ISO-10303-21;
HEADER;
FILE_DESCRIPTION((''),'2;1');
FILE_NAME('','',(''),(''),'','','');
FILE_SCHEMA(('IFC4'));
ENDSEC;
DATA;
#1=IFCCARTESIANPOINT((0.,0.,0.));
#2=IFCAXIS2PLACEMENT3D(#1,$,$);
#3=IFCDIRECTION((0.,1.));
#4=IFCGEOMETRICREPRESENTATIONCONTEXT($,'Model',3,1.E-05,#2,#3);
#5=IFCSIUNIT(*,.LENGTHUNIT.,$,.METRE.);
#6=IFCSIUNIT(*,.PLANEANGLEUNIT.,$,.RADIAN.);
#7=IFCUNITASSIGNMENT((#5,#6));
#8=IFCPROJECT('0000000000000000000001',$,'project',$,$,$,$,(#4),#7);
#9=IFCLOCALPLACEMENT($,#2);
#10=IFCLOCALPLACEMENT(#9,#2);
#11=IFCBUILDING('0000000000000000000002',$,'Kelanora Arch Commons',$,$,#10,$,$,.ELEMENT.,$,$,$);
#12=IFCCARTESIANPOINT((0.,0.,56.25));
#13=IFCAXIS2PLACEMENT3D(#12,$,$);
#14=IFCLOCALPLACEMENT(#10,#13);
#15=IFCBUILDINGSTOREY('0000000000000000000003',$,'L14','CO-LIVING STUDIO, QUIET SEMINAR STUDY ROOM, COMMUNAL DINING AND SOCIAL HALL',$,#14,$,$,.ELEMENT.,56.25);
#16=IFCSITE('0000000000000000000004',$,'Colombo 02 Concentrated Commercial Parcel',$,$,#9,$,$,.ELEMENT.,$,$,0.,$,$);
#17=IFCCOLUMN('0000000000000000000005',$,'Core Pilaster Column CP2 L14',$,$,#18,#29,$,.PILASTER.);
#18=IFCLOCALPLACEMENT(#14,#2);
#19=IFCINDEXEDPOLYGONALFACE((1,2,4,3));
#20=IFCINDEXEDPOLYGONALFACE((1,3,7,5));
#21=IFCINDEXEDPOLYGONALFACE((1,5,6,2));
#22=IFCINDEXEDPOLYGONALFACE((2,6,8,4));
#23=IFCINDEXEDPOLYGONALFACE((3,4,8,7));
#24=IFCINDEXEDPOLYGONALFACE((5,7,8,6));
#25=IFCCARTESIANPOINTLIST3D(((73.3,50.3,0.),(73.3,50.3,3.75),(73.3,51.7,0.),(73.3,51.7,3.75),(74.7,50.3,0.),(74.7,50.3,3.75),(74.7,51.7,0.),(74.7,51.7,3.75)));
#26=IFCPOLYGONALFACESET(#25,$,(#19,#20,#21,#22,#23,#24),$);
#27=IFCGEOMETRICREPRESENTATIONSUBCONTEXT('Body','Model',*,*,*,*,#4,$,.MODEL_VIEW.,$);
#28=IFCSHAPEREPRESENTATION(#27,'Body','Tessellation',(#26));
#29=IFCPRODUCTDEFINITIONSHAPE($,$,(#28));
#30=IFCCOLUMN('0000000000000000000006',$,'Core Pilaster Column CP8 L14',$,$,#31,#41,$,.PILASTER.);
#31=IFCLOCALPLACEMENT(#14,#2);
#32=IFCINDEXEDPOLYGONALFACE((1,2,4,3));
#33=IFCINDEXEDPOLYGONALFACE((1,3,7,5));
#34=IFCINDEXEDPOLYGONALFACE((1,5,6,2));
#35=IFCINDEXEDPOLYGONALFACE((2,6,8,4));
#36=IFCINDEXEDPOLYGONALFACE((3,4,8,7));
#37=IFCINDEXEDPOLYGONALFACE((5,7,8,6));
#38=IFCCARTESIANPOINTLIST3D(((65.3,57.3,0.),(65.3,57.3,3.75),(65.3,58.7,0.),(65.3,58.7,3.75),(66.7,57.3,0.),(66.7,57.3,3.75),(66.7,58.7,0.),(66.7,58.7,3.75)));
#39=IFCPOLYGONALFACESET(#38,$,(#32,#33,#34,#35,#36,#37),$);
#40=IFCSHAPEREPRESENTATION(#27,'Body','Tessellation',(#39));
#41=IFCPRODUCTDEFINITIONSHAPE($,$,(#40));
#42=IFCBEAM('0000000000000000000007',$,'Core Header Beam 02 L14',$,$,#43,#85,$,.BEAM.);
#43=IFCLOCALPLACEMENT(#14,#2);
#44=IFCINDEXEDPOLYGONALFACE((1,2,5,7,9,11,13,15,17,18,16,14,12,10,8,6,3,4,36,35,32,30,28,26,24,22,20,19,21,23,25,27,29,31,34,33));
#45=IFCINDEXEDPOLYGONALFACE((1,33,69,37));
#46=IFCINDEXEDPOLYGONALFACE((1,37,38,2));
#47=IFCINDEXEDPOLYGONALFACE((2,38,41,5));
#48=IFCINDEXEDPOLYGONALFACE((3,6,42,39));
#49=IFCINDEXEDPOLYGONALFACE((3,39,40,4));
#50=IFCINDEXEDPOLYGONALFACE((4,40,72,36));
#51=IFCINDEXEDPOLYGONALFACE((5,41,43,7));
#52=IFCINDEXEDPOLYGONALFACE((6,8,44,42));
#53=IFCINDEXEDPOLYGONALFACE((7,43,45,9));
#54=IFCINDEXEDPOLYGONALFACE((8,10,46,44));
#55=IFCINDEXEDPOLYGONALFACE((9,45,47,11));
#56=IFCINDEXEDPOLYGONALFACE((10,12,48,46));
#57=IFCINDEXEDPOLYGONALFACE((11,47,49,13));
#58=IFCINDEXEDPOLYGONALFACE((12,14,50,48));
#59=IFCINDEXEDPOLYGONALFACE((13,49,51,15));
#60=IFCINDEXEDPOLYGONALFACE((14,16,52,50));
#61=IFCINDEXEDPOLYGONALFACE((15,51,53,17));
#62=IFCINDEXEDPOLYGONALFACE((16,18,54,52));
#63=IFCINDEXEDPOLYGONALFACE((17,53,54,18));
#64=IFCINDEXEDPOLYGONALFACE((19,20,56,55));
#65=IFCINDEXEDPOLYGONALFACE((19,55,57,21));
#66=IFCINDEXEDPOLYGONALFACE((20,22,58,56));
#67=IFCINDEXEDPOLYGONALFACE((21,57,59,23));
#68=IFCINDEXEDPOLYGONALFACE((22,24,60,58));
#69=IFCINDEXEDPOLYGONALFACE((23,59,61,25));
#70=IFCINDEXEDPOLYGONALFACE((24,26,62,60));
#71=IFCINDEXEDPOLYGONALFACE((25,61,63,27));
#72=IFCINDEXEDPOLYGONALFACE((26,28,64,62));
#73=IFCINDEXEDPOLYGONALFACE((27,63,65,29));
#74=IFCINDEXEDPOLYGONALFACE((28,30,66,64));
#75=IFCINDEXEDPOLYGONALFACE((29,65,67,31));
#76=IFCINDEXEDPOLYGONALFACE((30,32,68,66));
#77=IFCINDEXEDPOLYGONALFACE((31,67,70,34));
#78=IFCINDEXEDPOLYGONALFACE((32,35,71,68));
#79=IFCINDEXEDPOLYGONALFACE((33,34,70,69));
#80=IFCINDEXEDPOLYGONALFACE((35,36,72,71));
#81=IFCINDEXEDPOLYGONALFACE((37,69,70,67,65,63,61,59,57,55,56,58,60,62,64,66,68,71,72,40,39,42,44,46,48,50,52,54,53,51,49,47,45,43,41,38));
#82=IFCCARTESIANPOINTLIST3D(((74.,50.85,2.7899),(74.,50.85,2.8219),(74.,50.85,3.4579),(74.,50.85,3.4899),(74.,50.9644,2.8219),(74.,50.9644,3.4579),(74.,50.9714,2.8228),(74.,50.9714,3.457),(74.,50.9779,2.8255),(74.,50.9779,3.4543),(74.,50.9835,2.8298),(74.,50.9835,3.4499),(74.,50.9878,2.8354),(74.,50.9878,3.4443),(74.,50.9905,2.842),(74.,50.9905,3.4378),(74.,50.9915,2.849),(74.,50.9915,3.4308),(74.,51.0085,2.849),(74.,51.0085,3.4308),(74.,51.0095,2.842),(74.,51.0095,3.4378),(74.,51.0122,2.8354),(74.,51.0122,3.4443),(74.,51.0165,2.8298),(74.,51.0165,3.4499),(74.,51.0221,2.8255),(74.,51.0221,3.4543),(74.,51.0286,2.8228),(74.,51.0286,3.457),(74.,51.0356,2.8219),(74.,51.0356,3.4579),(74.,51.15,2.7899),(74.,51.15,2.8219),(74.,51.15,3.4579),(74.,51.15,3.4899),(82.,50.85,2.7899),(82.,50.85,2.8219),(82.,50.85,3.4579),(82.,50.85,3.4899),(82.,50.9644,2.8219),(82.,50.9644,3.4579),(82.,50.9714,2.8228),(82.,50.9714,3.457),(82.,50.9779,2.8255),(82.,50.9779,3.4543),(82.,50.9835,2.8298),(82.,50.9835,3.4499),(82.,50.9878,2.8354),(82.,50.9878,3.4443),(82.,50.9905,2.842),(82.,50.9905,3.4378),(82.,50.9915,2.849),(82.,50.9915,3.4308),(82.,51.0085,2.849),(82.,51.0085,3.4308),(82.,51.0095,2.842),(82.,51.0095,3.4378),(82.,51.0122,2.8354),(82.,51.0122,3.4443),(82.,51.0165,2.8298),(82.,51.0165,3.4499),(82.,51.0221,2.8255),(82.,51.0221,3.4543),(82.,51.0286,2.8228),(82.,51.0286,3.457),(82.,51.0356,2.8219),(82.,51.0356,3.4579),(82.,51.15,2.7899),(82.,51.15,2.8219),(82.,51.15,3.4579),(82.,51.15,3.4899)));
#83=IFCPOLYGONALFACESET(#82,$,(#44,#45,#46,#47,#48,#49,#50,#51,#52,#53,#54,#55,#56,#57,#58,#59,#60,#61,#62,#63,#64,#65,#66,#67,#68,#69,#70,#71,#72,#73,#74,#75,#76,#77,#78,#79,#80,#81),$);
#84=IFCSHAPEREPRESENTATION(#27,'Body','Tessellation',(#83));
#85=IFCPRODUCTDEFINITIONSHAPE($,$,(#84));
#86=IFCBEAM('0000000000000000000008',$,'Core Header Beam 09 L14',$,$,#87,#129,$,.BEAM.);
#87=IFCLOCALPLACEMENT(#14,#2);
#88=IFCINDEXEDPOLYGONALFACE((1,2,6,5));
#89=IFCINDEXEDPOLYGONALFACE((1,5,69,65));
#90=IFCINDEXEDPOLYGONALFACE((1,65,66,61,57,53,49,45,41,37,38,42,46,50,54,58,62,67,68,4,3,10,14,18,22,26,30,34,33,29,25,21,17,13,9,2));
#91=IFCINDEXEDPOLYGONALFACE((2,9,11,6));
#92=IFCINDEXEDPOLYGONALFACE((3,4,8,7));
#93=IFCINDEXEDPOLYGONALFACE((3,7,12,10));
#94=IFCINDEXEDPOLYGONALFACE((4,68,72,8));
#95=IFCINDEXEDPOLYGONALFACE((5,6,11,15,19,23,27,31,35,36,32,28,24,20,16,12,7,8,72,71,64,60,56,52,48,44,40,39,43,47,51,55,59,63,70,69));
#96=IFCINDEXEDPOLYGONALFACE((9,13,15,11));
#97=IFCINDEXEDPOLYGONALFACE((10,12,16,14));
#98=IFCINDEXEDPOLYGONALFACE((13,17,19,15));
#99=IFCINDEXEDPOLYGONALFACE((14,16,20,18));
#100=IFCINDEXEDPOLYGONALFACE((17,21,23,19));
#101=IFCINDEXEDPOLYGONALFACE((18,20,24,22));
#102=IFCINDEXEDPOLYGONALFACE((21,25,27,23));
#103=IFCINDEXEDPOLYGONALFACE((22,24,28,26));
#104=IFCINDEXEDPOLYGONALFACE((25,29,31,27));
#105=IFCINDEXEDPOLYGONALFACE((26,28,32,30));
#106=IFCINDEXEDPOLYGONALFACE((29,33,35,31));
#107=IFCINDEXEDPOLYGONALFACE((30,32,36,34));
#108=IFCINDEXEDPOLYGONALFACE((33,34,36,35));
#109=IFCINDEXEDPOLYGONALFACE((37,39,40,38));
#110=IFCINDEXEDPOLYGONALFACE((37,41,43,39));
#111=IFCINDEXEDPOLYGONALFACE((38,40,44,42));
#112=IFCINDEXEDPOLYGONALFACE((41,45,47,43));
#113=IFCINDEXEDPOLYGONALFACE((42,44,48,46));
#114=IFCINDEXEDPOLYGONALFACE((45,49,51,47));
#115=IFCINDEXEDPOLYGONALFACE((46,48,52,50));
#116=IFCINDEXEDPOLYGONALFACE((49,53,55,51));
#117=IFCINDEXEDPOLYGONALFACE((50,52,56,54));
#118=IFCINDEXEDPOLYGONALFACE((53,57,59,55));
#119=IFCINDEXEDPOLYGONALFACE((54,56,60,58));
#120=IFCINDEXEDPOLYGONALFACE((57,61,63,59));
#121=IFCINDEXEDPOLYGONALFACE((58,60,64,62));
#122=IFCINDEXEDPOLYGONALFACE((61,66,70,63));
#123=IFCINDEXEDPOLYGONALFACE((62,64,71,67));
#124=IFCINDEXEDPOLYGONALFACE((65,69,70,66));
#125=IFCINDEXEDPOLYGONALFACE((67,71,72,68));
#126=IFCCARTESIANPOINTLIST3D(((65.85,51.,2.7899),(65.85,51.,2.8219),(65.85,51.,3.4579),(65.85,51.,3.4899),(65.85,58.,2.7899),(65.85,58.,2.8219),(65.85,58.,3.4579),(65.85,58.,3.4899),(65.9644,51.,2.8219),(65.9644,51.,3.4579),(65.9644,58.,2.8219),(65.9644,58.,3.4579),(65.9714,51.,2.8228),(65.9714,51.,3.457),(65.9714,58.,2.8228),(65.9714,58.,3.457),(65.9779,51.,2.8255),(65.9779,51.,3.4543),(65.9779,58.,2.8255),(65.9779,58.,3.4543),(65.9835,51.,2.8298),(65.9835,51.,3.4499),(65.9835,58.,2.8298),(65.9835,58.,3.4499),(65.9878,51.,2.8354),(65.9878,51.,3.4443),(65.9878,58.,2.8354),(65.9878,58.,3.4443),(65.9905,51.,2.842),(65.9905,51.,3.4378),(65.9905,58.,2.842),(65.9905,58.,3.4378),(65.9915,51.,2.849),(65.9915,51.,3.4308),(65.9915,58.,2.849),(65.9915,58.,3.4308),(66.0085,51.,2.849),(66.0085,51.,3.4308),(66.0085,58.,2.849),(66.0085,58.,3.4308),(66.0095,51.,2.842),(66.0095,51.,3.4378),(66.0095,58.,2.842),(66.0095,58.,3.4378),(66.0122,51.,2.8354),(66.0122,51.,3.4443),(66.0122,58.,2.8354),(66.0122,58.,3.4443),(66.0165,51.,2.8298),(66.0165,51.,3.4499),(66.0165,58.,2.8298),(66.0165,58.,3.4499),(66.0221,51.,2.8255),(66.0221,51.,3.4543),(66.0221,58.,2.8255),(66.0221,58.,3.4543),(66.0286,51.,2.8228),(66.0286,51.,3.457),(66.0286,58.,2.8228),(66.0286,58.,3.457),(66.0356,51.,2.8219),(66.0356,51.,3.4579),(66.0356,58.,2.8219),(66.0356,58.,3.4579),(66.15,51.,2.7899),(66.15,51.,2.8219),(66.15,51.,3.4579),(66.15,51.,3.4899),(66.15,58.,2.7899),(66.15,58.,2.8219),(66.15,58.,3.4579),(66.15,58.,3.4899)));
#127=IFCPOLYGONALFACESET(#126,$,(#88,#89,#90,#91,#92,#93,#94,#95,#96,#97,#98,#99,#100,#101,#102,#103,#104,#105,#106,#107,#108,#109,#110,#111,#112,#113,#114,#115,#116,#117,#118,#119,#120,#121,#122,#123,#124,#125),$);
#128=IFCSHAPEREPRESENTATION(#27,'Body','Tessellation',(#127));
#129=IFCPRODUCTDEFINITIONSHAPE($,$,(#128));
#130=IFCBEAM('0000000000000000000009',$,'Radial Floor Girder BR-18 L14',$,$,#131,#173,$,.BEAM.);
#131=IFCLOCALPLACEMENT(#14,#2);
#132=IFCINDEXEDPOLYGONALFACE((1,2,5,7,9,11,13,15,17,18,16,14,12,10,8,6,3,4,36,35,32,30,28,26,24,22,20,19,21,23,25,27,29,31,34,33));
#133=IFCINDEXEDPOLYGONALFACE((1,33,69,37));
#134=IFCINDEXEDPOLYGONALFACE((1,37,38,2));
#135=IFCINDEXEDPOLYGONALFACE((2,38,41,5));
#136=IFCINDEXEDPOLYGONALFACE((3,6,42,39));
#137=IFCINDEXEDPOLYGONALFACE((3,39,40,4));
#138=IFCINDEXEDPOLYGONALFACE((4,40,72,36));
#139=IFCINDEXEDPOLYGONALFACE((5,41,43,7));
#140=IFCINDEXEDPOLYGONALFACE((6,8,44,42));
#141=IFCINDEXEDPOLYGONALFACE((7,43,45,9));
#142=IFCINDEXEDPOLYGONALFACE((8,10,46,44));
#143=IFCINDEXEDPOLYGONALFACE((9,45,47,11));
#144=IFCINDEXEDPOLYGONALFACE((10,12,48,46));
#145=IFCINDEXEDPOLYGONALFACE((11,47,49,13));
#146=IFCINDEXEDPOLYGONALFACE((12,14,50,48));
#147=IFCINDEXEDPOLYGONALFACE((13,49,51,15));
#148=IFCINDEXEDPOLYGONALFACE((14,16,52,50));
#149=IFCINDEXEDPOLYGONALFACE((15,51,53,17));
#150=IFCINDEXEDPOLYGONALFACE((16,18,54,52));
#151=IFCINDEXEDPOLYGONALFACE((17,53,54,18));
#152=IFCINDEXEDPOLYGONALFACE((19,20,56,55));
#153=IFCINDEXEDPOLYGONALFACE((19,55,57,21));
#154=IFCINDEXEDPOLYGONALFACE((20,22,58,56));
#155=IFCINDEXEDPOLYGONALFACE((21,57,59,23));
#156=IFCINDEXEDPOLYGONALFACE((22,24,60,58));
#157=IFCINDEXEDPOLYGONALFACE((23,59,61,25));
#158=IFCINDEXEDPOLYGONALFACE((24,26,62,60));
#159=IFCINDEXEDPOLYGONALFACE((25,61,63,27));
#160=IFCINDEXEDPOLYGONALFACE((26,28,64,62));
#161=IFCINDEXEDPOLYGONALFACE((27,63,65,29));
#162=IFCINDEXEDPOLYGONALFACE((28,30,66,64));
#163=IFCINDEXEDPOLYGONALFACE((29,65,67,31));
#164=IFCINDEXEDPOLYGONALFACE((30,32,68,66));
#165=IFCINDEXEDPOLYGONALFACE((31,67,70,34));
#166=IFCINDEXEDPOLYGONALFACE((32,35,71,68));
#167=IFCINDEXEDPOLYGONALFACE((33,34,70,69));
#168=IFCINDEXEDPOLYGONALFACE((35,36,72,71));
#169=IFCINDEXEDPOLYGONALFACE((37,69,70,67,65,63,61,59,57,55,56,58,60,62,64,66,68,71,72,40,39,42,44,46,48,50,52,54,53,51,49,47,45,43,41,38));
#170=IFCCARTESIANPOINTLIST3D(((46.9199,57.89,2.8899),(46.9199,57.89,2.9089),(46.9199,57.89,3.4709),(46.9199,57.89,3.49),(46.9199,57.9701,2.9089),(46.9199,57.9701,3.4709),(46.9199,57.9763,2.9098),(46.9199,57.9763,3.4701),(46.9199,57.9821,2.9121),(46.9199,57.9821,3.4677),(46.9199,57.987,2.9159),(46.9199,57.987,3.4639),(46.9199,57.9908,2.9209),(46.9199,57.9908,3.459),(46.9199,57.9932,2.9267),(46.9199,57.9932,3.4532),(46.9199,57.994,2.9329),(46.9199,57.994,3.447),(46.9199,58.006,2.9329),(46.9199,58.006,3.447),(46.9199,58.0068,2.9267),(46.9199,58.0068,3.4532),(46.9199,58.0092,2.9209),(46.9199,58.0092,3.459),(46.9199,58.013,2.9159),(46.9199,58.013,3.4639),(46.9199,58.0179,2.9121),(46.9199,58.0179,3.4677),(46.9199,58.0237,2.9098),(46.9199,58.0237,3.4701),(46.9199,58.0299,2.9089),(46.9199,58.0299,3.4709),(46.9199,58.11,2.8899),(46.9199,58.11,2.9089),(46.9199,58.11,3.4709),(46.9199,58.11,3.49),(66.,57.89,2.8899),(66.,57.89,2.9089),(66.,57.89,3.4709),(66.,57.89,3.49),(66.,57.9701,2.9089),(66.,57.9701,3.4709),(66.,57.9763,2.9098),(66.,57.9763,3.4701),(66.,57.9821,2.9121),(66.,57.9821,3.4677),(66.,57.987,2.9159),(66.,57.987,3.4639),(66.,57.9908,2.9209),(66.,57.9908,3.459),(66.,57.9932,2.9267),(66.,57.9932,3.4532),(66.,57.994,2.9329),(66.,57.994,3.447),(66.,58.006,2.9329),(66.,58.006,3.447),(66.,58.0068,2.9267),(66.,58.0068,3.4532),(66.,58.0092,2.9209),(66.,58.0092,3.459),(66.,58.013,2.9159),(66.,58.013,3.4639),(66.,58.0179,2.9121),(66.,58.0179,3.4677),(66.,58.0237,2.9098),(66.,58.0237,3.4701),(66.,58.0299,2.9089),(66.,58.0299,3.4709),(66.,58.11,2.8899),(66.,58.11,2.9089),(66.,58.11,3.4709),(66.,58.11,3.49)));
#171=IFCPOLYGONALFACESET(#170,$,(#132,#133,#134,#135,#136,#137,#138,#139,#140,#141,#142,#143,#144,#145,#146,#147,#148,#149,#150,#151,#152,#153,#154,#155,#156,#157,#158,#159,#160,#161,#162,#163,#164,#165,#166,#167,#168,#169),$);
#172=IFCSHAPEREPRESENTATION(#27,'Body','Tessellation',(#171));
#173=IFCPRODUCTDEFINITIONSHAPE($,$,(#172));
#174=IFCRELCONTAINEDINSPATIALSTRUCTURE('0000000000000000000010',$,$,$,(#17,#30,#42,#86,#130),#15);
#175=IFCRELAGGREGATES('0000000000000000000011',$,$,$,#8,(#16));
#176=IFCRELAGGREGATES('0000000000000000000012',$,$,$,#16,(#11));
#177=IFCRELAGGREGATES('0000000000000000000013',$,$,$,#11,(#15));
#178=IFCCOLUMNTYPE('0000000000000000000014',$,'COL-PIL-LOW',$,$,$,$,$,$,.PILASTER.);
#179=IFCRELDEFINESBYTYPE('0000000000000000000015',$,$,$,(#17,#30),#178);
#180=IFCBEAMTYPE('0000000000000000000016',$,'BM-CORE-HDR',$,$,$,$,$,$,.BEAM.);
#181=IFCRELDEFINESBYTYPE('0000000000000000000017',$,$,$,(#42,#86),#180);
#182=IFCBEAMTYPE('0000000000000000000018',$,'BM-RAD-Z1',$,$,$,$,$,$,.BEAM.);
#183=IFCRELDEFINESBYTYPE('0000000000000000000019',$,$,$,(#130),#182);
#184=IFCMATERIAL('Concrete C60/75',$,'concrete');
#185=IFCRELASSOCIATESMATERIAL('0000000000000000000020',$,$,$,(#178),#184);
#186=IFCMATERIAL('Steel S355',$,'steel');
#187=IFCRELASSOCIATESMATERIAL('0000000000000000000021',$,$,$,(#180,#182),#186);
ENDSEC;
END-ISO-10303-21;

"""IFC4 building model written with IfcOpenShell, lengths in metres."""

from ifc_helpers import new_model, si_unit, direction, frame, origin, origin_2d, place, context, subcontext, project, spatial, rectangle, i_section, extrude, material, material_profile, profile_set, type_object, element, save


model = new_model("IFC4")

# Units and contexts
model_context = context("Model", 3, precision=1e-05, world=origin(), true_north=direction((0.0, 1.0)))
body_context = subcontext(model_context, "Body", "Model", "MODEL_VIEW")
ifc_project = project(units=[si_unit("LENGTHUNIT", "METRE"), si_unit("PLANEANGLEUNIT", "RADIAN")], contexts=[model_context])

# Site, building, storey
site_placement = place(None, origin())
site = spatial("IfcSite", under=ifc_project, at=site_placement, Name="Colombo 02 Concentrated Commercial Parcel", CompositionType="ELEMENT", RefElevation=0.0)
building_placement = place(site_placement, origin())
building = spatial("IfcBuilding", under=site, at=building_placement, Name="Kelanora Arch Commons", CompositionType="ELEMENT")
storey_placement = place(building_placement, frame((0.0, 0.0, 56.25)))
storey = spatial("IfcBuildingStorey", under=building, at=storey_placement, Name="L14", Description="CO-LIVING STUDIO, QUIET SEMINAR STUDY ROOM, COMMUNAL DINING AND SOCIAL HALL", CompositionType="ELEMENT", Elevation=56.25)

# Columns
ifc_material_1 = material(Name="Concrete C60/75", Category="concrete")
ifc_material_profile_1 = material_profile(ifc_material_1, rectangle(XDim=1.3999, YDim=1.3999, at=origin_2d()), Name="RC1400x1400")
ifc_profile_set_1 = profile_set([ifc_material_profile_1], Name="Concrete C60/75")
column_type = type_object("IfcColumnType", Name="COL-PIL-LOW", PredefinedType="PILASTER", material=ifc_profile_set_1)
for number, where, z_axis, x_axis, name in (
    (1, (74.0, 51.0, 0.0), (0.0, 0.0, 1.0), (1.0, 0.0, 0.0), "Core Pilaster Column CP2 L14"),
    (2, (66.0, 58.0, 0.0), (0.0, 0.0, 1.0), (1.0, 0.0, 0.0), "Core Pilaster Column CP8 L14"),
):
    element("IfcColumn", number, at=place(storey_placement, frame(where, z_axis=z_axis, x_axis=x_axis)), inside=storey, type_object=column_type, Name=name, PredefinedType="PILASTER", context=body_context, shape_type="SweptSolid", body=[
        extrude(rectangle(XDim=1.3999, YDim=1.3999, at=origin_2d()), origin(), (0.0, 0.0, 1.0), 3.75),
    ])

# Beams
ifc_material_2 = material(Name="Steel S355", Category="steel")
ifc_material_profile_2 = material_profile(ifc_material_2, i_section(OverallWidth=0.3, OverallDepth=0.7, WebThickness=0.0171, FlangeThickness=0.032, FilletRadius=0.0271, at=origin_2d()), Name="HEB700")
ifc_profile_set_2 = profile_set([ifc_material_profile_2], Name="Steel S355")
beam_type_1 = type_object("IfcBeamType", Name="BM-CORE-HDR", PredefinedType="BEAM", material=ifc_profile_set_2)
beam_1_placement = place(storey_placement, frame((74.0, 51.0, 3.1399), z_axis=(1.0, 0.0, 0.0), x_axis=(0.0, 1.0, 0.0)))
element("IfcBeam", 3, at=beam_1_placement, inside=storey, type_object=beam_type_1, Name="Core Header Beam 02 L14", PredefinedType="BEAM", context=body_context, shape_type="SweptSolid", body=[
    extrude(i_section(OverallWidth=0.3, OverallDepth=0.7, WebThickness=0.0171, FlangeThickness=0.032, FilletRadius=0.0271, at=origin_2d()), origin(), (0.0, 0.0, 1.0), 8.0),
])
beam_2_placement = place(storey_placement, frame((66.0, 58.0, 3.1399), z_axis=(0.0, -1.0, 0.0), x_axis=(1.0, 0.0, 0.0)))
element("IfcBeam", 4, at=beam_2_placement, inside=storey, type_object=beam_type_1, Name="Core Header Beam 09 L14", PredefinedType="BEAM", context=body_context, shape_type="SweptSolid", body=[
    extrude(i_section(OverallWidth=0.3, OverallDepth=0.7, WebThickness=0.0171, FlangeThickness=0.032, FilletRadius=0.0271, at=origin_2d()), origin(), (0.0, 0.0, 1.0), 7.0),
])
ifc_material_profile_3 = material_profile(ifc_material_2, i_section(OverallWidth=0.22, OverallDepth=0.6001, WebThickness=0.012, FlangeThickness=0.019, FilletRadius=0.0239, at=origin_2d()), Name="IPE600")
ifc_profile_set_3 = profile_set([ifc_material_profile_3], Name="Steel S355")
beam_type_2 = type_object("IfcBeamType", Name="BM-RAD-Z1", PredefinedType="BEAM", material=ifc_profile_set_3)
beam_3_placement = place(storey_placement, frame((66.0, 58.0, 3.1899), z_axis=(-1.0, 0.0, 0.0), x_axis=(0.0, -1.0, 0.0)))
element("IfcBeam", 5, at=beam_3_placement, inside=storey, type_object=beam_type_2, Name="Radial Floor Girder BR-18 L14", PredefinedType="BEAM", context=body_context, shape_type="SweptSolid", body=[
    extrude(i_section(OverallWidth=0.22, OverallDepth=0.6001, WebThickness=0.012, FlangeThickness=0.019, FilletRadius=0.0239, at=origin_2d()), origin(), (0.0, 0.0, 1.0), 19.0801),
])

save(model, "model.ifc")
